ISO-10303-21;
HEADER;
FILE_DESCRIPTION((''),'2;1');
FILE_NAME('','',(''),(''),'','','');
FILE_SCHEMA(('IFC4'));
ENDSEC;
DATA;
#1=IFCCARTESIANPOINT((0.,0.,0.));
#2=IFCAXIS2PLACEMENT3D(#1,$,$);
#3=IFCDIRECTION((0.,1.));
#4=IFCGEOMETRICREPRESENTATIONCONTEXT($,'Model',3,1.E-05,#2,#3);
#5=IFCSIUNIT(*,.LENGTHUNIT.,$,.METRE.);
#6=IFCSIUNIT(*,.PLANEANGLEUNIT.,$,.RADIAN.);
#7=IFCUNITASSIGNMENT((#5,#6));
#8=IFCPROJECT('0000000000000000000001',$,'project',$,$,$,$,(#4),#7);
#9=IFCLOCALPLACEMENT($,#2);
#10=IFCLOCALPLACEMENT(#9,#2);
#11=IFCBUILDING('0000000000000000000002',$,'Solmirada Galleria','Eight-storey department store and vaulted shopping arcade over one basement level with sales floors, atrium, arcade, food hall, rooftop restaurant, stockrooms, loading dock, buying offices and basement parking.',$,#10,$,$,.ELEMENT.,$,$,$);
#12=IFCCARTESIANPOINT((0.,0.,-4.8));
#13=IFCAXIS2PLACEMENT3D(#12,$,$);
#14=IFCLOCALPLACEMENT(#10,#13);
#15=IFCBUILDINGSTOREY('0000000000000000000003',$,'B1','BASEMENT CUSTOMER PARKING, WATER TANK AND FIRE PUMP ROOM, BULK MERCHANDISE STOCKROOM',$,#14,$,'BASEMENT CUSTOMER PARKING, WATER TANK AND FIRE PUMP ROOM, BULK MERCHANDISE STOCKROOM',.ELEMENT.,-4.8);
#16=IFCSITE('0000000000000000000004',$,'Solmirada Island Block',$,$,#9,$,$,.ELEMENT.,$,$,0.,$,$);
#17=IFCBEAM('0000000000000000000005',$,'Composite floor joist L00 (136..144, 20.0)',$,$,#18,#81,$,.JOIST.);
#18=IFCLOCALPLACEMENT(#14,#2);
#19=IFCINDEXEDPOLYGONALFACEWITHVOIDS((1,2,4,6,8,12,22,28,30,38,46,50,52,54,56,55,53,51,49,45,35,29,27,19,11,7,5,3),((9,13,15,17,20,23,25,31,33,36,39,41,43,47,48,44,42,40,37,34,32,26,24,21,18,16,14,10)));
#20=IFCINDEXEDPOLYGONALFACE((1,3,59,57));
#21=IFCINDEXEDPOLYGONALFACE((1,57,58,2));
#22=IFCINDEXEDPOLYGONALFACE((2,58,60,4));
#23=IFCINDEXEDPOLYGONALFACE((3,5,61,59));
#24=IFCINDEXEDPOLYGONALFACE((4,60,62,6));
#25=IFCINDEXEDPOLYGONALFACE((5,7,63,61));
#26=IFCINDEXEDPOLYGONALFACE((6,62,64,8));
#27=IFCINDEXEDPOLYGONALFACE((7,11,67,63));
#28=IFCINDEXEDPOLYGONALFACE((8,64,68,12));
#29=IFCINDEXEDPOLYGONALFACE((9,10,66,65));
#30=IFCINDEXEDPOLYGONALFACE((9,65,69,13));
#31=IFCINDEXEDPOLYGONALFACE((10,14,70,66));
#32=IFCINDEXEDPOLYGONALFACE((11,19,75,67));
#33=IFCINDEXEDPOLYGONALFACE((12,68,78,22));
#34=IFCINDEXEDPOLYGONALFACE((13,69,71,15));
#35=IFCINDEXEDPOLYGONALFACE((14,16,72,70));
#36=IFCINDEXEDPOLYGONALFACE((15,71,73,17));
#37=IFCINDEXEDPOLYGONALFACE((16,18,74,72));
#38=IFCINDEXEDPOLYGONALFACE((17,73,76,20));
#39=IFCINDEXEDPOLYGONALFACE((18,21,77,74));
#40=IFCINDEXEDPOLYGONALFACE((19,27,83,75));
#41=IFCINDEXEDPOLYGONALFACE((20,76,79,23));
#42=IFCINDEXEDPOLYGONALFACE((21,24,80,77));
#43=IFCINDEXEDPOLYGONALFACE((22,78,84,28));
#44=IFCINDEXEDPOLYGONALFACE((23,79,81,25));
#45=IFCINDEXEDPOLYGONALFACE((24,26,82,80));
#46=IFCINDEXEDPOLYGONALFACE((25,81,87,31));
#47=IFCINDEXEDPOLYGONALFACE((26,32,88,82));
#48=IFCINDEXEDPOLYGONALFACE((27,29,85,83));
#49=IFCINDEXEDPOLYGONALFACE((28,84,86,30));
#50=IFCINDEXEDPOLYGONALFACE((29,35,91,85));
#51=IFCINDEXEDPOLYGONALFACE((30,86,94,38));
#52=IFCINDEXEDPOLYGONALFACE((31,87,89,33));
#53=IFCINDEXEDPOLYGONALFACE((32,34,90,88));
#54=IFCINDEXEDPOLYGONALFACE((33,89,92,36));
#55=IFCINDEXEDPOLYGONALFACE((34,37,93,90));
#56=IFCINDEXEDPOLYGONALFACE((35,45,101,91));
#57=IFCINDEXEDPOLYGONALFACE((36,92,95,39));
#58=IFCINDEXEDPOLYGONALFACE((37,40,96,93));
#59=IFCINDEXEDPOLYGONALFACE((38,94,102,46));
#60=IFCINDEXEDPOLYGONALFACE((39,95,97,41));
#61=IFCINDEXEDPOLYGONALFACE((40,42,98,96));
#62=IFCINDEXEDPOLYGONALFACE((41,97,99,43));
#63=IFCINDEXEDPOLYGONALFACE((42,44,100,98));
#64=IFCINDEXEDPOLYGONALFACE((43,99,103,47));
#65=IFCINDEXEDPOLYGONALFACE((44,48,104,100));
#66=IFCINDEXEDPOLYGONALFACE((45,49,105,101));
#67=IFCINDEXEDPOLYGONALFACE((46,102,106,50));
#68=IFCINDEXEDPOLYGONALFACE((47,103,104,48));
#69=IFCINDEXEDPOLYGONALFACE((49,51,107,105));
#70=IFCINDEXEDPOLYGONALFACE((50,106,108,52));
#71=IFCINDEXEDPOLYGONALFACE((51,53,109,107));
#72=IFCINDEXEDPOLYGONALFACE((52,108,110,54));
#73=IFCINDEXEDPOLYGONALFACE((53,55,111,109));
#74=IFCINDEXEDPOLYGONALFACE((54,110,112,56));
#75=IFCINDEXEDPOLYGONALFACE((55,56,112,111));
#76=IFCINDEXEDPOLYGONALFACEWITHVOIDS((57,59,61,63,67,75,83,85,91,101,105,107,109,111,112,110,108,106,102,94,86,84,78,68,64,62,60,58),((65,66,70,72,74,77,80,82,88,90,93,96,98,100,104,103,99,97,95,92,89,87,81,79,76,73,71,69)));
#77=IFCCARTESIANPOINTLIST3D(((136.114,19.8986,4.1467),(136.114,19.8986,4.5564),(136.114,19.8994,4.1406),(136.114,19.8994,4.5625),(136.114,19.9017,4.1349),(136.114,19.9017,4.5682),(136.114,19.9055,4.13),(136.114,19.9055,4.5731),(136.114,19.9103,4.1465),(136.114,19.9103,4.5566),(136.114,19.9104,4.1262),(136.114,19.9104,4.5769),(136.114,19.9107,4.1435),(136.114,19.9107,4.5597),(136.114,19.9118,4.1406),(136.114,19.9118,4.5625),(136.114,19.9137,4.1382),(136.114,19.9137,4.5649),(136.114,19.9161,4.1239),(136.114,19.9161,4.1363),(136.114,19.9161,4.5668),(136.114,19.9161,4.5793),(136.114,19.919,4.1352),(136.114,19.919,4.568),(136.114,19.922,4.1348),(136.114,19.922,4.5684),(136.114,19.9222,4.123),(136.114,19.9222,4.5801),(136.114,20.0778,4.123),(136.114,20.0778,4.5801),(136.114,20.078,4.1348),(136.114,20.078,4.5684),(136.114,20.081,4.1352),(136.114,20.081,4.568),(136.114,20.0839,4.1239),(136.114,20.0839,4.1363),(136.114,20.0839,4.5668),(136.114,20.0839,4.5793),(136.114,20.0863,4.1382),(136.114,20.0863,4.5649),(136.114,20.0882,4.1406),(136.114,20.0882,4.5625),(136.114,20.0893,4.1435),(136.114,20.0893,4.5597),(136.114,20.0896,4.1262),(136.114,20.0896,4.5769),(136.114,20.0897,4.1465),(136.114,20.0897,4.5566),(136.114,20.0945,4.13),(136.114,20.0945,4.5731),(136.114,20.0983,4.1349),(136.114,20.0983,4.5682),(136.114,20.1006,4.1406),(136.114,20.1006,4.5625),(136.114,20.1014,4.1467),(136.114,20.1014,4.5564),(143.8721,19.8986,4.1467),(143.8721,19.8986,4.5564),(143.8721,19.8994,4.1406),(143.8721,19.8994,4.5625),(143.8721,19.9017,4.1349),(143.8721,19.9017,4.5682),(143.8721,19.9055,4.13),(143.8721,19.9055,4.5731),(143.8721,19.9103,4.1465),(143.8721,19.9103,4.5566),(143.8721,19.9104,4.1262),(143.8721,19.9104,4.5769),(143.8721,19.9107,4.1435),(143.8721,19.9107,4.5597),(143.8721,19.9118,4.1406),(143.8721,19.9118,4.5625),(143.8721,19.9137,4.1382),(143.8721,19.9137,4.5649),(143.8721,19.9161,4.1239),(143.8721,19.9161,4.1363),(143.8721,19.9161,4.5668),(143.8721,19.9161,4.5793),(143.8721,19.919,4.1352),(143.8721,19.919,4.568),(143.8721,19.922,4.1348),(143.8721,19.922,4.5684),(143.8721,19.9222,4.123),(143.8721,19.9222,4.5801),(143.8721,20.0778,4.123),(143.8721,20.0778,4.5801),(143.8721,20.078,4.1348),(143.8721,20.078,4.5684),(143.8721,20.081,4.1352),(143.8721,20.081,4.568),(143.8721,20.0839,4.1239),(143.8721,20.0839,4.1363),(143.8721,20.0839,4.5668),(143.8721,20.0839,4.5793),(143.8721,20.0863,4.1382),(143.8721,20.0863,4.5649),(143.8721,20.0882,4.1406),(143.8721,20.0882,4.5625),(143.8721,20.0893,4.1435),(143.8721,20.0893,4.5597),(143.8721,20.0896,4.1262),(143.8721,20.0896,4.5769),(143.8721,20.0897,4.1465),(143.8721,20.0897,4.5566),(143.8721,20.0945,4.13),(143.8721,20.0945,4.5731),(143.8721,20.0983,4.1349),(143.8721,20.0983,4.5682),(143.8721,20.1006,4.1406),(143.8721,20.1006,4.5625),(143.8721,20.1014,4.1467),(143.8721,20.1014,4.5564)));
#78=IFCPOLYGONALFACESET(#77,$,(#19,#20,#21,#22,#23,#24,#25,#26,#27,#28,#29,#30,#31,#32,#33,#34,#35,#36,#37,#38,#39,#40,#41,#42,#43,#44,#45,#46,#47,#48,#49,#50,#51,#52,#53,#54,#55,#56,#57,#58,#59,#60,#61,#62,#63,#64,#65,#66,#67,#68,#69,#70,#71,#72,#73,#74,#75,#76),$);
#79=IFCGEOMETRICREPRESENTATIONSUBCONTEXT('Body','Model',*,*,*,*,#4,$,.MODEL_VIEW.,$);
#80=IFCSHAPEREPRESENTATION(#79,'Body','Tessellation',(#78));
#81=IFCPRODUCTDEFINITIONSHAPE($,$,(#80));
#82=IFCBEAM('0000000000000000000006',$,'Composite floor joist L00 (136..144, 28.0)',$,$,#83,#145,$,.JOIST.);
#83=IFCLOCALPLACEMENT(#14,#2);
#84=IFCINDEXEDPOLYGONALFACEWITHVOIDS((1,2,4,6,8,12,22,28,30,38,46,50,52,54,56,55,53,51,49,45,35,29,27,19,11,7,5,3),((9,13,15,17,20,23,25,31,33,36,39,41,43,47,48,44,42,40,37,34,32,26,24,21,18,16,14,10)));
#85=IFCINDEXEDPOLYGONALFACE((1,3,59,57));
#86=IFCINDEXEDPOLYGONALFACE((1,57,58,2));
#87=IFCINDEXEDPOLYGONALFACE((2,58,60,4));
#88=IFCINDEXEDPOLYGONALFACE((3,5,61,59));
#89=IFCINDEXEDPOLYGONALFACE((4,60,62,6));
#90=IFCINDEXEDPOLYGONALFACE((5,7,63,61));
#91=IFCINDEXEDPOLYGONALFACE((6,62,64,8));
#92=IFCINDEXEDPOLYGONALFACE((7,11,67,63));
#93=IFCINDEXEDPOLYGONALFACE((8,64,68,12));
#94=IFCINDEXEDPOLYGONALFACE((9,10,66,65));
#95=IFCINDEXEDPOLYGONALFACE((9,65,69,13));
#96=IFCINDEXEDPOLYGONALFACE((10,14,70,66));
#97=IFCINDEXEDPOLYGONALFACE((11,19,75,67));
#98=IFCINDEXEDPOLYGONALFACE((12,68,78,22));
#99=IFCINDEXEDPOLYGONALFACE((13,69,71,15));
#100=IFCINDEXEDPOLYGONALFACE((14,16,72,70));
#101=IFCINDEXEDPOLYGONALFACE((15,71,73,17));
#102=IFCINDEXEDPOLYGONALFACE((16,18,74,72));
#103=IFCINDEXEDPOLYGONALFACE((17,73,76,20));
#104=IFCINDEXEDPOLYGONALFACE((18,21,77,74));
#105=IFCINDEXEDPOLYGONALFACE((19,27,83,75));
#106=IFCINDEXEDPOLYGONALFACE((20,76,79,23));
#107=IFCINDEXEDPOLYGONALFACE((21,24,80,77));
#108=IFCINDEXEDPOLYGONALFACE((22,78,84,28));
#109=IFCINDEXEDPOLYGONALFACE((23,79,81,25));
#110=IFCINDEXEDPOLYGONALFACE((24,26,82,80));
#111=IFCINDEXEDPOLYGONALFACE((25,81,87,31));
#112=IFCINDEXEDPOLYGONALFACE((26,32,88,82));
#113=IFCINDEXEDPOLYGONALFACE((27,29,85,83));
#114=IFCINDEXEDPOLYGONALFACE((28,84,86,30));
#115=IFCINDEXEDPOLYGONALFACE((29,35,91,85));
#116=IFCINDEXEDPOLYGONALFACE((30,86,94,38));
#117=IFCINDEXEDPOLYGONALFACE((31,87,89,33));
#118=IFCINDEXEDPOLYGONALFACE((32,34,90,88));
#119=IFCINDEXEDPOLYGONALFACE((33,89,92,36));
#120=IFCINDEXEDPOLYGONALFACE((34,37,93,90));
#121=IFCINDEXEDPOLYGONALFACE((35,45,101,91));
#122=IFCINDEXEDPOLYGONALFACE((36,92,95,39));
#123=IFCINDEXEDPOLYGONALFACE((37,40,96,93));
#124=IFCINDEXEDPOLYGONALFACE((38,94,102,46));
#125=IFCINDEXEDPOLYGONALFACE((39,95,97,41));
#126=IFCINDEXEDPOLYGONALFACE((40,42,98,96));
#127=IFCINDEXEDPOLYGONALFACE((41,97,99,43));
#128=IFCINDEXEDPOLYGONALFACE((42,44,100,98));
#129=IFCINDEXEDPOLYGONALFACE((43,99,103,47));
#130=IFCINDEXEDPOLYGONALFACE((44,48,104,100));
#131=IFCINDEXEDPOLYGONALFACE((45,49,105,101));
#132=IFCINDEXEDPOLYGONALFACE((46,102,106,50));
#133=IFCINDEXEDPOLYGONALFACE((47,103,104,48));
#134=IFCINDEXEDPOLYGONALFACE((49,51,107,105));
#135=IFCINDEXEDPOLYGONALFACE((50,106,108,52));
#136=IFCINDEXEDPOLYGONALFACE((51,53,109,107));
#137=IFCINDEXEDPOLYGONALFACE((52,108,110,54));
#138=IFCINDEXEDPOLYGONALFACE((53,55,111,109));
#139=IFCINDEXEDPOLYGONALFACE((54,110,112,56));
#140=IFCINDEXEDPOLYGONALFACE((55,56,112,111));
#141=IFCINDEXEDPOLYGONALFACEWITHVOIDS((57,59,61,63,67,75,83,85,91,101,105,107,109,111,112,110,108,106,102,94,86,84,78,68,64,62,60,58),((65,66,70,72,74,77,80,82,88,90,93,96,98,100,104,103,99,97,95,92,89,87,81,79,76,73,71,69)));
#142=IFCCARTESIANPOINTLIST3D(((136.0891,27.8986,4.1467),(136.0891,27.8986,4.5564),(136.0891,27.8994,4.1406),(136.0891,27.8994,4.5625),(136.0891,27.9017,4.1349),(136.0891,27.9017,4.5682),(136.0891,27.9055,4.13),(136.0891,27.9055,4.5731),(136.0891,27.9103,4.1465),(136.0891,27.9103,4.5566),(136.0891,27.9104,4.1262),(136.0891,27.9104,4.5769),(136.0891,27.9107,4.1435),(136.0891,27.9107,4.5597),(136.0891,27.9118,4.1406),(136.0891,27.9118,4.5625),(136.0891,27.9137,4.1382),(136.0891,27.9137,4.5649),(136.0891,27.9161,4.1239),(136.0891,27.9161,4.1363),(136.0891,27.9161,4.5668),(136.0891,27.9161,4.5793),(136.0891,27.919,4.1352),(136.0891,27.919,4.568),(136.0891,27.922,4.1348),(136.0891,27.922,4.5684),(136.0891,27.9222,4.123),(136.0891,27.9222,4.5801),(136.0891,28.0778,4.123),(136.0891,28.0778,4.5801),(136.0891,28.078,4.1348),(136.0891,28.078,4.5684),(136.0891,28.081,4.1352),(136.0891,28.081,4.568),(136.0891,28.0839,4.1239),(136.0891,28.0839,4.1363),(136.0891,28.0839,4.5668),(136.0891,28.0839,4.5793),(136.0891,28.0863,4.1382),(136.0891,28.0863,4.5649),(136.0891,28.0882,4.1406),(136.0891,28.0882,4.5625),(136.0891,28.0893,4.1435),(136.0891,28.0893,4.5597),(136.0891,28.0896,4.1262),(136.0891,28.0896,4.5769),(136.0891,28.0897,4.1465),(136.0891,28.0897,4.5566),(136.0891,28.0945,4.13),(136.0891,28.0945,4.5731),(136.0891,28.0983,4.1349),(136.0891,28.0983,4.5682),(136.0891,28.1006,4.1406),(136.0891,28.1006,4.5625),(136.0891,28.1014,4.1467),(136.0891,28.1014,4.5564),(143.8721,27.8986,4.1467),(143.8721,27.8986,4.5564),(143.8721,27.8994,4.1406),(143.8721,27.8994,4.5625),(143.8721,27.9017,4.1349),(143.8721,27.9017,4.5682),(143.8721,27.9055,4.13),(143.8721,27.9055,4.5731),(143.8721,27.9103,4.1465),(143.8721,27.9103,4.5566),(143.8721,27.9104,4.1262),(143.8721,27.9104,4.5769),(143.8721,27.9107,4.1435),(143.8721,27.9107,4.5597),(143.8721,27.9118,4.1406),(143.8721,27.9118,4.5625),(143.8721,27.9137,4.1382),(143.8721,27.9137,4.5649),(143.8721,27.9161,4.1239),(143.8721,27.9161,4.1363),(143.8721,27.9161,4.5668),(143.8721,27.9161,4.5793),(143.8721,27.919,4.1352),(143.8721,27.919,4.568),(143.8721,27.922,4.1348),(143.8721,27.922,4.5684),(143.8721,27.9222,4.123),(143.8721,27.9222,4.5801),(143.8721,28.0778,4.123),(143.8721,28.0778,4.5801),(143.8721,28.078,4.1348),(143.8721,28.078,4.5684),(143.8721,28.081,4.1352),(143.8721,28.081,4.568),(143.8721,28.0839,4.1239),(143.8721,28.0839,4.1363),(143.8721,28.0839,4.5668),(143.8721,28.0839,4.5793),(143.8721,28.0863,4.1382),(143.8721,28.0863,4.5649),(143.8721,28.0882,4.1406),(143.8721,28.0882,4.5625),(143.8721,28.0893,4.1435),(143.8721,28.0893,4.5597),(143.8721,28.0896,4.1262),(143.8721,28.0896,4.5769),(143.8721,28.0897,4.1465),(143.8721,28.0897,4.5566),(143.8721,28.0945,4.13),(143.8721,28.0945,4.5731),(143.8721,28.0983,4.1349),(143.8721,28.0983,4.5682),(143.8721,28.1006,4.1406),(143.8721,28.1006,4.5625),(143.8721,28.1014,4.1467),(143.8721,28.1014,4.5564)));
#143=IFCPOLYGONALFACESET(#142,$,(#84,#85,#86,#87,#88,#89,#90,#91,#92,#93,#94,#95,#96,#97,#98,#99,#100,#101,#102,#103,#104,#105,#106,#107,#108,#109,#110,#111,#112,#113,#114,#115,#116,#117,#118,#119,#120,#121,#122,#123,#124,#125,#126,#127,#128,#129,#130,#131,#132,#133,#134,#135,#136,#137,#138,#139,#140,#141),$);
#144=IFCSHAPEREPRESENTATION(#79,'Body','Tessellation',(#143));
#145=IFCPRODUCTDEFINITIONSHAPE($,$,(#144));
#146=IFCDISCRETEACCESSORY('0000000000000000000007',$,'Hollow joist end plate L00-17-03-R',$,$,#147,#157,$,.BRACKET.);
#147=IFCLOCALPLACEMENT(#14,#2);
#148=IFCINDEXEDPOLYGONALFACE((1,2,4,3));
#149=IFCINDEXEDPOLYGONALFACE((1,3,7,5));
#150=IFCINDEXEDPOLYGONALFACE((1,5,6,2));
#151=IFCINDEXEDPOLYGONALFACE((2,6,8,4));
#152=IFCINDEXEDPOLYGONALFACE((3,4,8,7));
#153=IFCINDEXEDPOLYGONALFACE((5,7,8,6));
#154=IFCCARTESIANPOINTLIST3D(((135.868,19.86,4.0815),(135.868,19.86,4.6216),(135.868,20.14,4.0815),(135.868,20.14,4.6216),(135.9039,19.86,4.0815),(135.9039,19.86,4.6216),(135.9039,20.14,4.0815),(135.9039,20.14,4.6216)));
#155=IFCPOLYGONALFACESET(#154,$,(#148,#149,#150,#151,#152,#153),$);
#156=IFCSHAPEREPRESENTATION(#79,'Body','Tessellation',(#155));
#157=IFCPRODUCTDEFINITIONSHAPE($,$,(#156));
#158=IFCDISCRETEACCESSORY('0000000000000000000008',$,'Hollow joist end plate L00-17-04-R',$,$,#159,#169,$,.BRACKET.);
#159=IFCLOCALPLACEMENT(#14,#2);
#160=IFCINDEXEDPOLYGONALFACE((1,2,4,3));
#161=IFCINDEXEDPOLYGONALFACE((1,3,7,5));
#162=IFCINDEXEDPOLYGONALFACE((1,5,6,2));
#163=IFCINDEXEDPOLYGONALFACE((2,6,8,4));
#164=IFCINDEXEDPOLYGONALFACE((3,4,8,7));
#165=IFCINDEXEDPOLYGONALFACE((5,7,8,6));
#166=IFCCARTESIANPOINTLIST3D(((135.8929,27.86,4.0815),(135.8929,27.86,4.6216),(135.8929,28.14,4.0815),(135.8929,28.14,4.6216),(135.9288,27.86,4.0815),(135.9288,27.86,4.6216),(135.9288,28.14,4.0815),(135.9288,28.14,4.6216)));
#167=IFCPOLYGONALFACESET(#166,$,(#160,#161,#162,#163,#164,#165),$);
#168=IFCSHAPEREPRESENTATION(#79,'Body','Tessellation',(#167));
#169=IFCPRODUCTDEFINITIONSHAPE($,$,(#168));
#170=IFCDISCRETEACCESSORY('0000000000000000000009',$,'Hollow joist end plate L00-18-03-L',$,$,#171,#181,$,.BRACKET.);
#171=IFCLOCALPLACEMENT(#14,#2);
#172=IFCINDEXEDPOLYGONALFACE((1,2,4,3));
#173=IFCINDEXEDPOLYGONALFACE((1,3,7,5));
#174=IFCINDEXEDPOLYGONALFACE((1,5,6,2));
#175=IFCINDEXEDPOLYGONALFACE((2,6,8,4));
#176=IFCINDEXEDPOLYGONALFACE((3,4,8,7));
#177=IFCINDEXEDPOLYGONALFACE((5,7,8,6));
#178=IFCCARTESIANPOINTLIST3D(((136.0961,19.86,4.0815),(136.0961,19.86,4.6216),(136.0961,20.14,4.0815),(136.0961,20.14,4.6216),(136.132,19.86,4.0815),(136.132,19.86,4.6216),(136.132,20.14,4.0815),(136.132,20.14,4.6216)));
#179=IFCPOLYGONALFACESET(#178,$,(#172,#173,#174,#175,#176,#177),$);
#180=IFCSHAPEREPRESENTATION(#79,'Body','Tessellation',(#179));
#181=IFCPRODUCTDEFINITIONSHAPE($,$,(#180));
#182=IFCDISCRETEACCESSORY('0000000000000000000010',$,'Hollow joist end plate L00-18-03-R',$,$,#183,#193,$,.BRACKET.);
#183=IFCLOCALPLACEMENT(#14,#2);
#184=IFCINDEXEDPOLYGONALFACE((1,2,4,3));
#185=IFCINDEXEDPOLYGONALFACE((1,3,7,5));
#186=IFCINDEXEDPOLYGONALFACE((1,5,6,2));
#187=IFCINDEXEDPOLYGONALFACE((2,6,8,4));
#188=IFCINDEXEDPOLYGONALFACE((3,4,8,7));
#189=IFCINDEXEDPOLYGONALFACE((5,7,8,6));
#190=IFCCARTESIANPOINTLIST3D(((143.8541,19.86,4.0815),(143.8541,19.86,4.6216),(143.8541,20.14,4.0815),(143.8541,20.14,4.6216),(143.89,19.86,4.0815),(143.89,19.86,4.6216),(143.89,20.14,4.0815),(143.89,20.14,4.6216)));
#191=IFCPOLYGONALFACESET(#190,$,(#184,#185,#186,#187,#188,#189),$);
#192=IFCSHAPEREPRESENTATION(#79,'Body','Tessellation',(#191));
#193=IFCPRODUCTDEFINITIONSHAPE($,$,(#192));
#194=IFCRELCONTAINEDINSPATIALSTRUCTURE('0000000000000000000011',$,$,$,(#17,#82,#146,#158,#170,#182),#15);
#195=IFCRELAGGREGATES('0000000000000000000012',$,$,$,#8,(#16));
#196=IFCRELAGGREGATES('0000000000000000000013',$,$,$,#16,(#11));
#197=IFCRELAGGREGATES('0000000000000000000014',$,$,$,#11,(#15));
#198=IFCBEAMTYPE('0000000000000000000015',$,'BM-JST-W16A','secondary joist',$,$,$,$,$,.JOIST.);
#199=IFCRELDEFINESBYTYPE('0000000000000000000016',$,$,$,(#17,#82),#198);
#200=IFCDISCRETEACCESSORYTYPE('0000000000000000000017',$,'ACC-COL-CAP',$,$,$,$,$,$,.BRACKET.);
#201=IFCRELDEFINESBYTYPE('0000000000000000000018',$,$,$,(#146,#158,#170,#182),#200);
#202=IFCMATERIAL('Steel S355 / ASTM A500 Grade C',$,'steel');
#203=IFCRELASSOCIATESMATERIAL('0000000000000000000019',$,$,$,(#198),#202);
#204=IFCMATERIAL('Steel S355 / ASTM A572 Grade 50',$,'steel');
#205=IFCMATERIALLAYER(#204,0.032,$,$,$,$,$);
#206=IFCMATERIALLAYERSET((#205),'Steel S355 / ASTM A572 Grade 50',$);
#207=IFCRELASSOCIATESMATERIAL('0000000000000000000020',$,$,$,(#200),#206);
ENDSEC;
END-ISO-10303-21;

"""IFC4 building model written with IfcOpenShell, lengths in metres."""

from ifc_helpers import new_model, si_unit, direction, frame, origin, origin_2d, place, context, subcontext, project, spatial, rectangle, hollow_rectangle, extrude, material, layer, layer_set, material_profile, profile_set, type_object, element, save


model = new_model("IFC4")

# Units and contexts
model_context = context("Model", 3, precision=1e-05, world=origin(), true_north=direction((0.0, 1.0)))
body_context = subcontext(model_context, "Body", "Model", "MODEL_VIEW")
ifc_project = project(units=[si_unit("LENGTHUNIT", "METRE"), si_unit("PLANEANGLEUNIT", "RADIAN")], contexts=[model_context])

# Site, building, storey
site_placement = place(None, origin())
site = spatial("IfcSite", under=ifc_project, at=site_placement, Name="Solmirada Island Block", CompositionType="ELEMENT", RefElevation=0.0)
building_placement = place(site_placement, origin())
building = spatial("IfcBuilding", under=site, at=building_placement, Name="Solmirada Galleria", Description="Eight-storey department store and vaulted shopping arcade over one basement level with sales floors, atrium, arcade, food hall, rooftop restaurant, stockrooms, loading dock, buying offices and basement parking.", CompositionType="ELEMENT")
storey_placement = place(building_placement, frame((0.0, 0.0, -4.8)))
storey = spatial("IfcBuildingStorey", under=building, at=storey_placement, Name="B1", Description="BASEMENT CUSTOMER PARKING, WATER TANK AND FIRE PUMP ROOM, BULK MERCHANDISE STOCKROOM", LongName="BASEMENT CUSTOMER PARKING, WATER TANK AND FIRE PUMP ROOM, BULK MERCHANDISE STOCKROOM", CompositionType="ELEMENT", Elevation=-4.8)

# Shared definitions
ifc_material_1 = material(Name="Steel S355 / ASTM A500 Grade C", Category="steel")

# Beams
ifc_material_profile_1 = material_profile(ifc_material_1, hollow_rectangle(XDim=0.2029, YDim=0.457, WallThickness=0.0117, InnerFilletRadius=0.0117, OuterFilletRadius=0.0237, at=origin_2d()), Name="HSS18X8X1/2")
ifc_profile_set_1 = profile_set([ifc_material_profile_1], Name="Steel S355 / ASTM A500 Grade C")
beam_type_1 = type_object("IfcBeamType", Name="BM-JST-W16A", Description="secondary joist", PredefinedType="JOIST", material=ifc_profile_set_1)
beam_1_placement = place(storey_placement, frame((136.114, 20.0, 4.3516), z_axis=(1.0, 0.0, 0.0), x_axis=(0.0, 1.0, 0.0)))
element("IfcBeam", 1, at=beam_1_placement, inside=storey, type_object=beam_type_1, Name="Composite floor joist L00 (136..144, 20.0)", PredefinedType="JOIST", context=body_context, shape_type="SweptSolid", body=[
    extrude(hollow_rectangle(XDim=0.2029, YDim=0.457, WallThickness=0.0117, InnerFilletRadius=0.0117, OuterFilletRadius=0.0237, at=origin_2d()), origin(), (0.0, 0.0, 1.0), 7.7581),
])
beam_2_placement = place(storey_placement, frame((136.0891, 28.0, 4.3516), z_axis=(1.0, 0.0, 0.0), x_axis=(0.0, 1.0, 0.0)))
element("IfcBeam", 2, at=beam_2_placement, inside=storey, type_object=beam_type_1, Name="Composite floor joist L00 (136..144, 28.0)", PredefinedType="JOIST", context=body_context, shape_type="SweptSolid", body=[
    extrude(hollow_rectangle(XDim=0.2029, YDim=0.457, WallThickness=0.0117, InnerFilletRadius=0.0117, OuterFilletRadius=0.0237, at=origin_2d()), origin(), (0.0, 0.0, 1.0), 7.783),
])

# Discrete accessories
ifc_material_2 = material(Name="Steel S355 / ASTM A572 Grade 50", Category="steel")
ifc_layer = layer(ifc_material_2, 0.032)
ifc_layer_set = layer_set([ifc_layer], Name="Steel S355 / ASTM A572 Grade 50")
discrete_accessory_type = type_object("IfcDiscreteAccessoryType", Name="ACC-COL-CAP", PredefinedType="BRACKET", material=ifc_layer_set)
for number, where, z_axis, x_axis, name in (
    (3, (135.886, 20.0, 4.0815), (0.0, 0.0, 1.0), (1.0, 0.0, 0.0), "Hollow joist end plate L00-17-03-R"),
    (4, (135.9109, 28.0, 4.0815), (0.0, 0.0, 1.0), (1.0, 0.0, 0.0), "Hollow joist end plate L00-17-04-R"),
    (5, (136.114, 20.0, 4.0815), (0.0, 0.0, 1.0), (1.0, 0.0, 0.0), "Hollow joist end plate L00-18-03-L"),
    (6, (143.8721, 20.0, 4.0815), (0.0, 0.0, 1.0), (1.0, 0.0, 0.0), "Hollow joist end plate L00-18-03-R"),
):
    element("IfcDiscreteAccessory", number, at=place(storey_placement, frame(where, z_axis=z_axis, x_axis=x_axis)), inside=storey, type_object=discrete_accessory_type, Name=name, PredefinedType="BRACKET", context=body_context, shape_type="SweptSolid", body=[
        extrude(rectangle(XDim=0.0359, YDim=0.28, at=origin_2d()), origin(), (0.0, 0.0, 1.0), 0.54),
    ])

save(model, "model.ifc")
